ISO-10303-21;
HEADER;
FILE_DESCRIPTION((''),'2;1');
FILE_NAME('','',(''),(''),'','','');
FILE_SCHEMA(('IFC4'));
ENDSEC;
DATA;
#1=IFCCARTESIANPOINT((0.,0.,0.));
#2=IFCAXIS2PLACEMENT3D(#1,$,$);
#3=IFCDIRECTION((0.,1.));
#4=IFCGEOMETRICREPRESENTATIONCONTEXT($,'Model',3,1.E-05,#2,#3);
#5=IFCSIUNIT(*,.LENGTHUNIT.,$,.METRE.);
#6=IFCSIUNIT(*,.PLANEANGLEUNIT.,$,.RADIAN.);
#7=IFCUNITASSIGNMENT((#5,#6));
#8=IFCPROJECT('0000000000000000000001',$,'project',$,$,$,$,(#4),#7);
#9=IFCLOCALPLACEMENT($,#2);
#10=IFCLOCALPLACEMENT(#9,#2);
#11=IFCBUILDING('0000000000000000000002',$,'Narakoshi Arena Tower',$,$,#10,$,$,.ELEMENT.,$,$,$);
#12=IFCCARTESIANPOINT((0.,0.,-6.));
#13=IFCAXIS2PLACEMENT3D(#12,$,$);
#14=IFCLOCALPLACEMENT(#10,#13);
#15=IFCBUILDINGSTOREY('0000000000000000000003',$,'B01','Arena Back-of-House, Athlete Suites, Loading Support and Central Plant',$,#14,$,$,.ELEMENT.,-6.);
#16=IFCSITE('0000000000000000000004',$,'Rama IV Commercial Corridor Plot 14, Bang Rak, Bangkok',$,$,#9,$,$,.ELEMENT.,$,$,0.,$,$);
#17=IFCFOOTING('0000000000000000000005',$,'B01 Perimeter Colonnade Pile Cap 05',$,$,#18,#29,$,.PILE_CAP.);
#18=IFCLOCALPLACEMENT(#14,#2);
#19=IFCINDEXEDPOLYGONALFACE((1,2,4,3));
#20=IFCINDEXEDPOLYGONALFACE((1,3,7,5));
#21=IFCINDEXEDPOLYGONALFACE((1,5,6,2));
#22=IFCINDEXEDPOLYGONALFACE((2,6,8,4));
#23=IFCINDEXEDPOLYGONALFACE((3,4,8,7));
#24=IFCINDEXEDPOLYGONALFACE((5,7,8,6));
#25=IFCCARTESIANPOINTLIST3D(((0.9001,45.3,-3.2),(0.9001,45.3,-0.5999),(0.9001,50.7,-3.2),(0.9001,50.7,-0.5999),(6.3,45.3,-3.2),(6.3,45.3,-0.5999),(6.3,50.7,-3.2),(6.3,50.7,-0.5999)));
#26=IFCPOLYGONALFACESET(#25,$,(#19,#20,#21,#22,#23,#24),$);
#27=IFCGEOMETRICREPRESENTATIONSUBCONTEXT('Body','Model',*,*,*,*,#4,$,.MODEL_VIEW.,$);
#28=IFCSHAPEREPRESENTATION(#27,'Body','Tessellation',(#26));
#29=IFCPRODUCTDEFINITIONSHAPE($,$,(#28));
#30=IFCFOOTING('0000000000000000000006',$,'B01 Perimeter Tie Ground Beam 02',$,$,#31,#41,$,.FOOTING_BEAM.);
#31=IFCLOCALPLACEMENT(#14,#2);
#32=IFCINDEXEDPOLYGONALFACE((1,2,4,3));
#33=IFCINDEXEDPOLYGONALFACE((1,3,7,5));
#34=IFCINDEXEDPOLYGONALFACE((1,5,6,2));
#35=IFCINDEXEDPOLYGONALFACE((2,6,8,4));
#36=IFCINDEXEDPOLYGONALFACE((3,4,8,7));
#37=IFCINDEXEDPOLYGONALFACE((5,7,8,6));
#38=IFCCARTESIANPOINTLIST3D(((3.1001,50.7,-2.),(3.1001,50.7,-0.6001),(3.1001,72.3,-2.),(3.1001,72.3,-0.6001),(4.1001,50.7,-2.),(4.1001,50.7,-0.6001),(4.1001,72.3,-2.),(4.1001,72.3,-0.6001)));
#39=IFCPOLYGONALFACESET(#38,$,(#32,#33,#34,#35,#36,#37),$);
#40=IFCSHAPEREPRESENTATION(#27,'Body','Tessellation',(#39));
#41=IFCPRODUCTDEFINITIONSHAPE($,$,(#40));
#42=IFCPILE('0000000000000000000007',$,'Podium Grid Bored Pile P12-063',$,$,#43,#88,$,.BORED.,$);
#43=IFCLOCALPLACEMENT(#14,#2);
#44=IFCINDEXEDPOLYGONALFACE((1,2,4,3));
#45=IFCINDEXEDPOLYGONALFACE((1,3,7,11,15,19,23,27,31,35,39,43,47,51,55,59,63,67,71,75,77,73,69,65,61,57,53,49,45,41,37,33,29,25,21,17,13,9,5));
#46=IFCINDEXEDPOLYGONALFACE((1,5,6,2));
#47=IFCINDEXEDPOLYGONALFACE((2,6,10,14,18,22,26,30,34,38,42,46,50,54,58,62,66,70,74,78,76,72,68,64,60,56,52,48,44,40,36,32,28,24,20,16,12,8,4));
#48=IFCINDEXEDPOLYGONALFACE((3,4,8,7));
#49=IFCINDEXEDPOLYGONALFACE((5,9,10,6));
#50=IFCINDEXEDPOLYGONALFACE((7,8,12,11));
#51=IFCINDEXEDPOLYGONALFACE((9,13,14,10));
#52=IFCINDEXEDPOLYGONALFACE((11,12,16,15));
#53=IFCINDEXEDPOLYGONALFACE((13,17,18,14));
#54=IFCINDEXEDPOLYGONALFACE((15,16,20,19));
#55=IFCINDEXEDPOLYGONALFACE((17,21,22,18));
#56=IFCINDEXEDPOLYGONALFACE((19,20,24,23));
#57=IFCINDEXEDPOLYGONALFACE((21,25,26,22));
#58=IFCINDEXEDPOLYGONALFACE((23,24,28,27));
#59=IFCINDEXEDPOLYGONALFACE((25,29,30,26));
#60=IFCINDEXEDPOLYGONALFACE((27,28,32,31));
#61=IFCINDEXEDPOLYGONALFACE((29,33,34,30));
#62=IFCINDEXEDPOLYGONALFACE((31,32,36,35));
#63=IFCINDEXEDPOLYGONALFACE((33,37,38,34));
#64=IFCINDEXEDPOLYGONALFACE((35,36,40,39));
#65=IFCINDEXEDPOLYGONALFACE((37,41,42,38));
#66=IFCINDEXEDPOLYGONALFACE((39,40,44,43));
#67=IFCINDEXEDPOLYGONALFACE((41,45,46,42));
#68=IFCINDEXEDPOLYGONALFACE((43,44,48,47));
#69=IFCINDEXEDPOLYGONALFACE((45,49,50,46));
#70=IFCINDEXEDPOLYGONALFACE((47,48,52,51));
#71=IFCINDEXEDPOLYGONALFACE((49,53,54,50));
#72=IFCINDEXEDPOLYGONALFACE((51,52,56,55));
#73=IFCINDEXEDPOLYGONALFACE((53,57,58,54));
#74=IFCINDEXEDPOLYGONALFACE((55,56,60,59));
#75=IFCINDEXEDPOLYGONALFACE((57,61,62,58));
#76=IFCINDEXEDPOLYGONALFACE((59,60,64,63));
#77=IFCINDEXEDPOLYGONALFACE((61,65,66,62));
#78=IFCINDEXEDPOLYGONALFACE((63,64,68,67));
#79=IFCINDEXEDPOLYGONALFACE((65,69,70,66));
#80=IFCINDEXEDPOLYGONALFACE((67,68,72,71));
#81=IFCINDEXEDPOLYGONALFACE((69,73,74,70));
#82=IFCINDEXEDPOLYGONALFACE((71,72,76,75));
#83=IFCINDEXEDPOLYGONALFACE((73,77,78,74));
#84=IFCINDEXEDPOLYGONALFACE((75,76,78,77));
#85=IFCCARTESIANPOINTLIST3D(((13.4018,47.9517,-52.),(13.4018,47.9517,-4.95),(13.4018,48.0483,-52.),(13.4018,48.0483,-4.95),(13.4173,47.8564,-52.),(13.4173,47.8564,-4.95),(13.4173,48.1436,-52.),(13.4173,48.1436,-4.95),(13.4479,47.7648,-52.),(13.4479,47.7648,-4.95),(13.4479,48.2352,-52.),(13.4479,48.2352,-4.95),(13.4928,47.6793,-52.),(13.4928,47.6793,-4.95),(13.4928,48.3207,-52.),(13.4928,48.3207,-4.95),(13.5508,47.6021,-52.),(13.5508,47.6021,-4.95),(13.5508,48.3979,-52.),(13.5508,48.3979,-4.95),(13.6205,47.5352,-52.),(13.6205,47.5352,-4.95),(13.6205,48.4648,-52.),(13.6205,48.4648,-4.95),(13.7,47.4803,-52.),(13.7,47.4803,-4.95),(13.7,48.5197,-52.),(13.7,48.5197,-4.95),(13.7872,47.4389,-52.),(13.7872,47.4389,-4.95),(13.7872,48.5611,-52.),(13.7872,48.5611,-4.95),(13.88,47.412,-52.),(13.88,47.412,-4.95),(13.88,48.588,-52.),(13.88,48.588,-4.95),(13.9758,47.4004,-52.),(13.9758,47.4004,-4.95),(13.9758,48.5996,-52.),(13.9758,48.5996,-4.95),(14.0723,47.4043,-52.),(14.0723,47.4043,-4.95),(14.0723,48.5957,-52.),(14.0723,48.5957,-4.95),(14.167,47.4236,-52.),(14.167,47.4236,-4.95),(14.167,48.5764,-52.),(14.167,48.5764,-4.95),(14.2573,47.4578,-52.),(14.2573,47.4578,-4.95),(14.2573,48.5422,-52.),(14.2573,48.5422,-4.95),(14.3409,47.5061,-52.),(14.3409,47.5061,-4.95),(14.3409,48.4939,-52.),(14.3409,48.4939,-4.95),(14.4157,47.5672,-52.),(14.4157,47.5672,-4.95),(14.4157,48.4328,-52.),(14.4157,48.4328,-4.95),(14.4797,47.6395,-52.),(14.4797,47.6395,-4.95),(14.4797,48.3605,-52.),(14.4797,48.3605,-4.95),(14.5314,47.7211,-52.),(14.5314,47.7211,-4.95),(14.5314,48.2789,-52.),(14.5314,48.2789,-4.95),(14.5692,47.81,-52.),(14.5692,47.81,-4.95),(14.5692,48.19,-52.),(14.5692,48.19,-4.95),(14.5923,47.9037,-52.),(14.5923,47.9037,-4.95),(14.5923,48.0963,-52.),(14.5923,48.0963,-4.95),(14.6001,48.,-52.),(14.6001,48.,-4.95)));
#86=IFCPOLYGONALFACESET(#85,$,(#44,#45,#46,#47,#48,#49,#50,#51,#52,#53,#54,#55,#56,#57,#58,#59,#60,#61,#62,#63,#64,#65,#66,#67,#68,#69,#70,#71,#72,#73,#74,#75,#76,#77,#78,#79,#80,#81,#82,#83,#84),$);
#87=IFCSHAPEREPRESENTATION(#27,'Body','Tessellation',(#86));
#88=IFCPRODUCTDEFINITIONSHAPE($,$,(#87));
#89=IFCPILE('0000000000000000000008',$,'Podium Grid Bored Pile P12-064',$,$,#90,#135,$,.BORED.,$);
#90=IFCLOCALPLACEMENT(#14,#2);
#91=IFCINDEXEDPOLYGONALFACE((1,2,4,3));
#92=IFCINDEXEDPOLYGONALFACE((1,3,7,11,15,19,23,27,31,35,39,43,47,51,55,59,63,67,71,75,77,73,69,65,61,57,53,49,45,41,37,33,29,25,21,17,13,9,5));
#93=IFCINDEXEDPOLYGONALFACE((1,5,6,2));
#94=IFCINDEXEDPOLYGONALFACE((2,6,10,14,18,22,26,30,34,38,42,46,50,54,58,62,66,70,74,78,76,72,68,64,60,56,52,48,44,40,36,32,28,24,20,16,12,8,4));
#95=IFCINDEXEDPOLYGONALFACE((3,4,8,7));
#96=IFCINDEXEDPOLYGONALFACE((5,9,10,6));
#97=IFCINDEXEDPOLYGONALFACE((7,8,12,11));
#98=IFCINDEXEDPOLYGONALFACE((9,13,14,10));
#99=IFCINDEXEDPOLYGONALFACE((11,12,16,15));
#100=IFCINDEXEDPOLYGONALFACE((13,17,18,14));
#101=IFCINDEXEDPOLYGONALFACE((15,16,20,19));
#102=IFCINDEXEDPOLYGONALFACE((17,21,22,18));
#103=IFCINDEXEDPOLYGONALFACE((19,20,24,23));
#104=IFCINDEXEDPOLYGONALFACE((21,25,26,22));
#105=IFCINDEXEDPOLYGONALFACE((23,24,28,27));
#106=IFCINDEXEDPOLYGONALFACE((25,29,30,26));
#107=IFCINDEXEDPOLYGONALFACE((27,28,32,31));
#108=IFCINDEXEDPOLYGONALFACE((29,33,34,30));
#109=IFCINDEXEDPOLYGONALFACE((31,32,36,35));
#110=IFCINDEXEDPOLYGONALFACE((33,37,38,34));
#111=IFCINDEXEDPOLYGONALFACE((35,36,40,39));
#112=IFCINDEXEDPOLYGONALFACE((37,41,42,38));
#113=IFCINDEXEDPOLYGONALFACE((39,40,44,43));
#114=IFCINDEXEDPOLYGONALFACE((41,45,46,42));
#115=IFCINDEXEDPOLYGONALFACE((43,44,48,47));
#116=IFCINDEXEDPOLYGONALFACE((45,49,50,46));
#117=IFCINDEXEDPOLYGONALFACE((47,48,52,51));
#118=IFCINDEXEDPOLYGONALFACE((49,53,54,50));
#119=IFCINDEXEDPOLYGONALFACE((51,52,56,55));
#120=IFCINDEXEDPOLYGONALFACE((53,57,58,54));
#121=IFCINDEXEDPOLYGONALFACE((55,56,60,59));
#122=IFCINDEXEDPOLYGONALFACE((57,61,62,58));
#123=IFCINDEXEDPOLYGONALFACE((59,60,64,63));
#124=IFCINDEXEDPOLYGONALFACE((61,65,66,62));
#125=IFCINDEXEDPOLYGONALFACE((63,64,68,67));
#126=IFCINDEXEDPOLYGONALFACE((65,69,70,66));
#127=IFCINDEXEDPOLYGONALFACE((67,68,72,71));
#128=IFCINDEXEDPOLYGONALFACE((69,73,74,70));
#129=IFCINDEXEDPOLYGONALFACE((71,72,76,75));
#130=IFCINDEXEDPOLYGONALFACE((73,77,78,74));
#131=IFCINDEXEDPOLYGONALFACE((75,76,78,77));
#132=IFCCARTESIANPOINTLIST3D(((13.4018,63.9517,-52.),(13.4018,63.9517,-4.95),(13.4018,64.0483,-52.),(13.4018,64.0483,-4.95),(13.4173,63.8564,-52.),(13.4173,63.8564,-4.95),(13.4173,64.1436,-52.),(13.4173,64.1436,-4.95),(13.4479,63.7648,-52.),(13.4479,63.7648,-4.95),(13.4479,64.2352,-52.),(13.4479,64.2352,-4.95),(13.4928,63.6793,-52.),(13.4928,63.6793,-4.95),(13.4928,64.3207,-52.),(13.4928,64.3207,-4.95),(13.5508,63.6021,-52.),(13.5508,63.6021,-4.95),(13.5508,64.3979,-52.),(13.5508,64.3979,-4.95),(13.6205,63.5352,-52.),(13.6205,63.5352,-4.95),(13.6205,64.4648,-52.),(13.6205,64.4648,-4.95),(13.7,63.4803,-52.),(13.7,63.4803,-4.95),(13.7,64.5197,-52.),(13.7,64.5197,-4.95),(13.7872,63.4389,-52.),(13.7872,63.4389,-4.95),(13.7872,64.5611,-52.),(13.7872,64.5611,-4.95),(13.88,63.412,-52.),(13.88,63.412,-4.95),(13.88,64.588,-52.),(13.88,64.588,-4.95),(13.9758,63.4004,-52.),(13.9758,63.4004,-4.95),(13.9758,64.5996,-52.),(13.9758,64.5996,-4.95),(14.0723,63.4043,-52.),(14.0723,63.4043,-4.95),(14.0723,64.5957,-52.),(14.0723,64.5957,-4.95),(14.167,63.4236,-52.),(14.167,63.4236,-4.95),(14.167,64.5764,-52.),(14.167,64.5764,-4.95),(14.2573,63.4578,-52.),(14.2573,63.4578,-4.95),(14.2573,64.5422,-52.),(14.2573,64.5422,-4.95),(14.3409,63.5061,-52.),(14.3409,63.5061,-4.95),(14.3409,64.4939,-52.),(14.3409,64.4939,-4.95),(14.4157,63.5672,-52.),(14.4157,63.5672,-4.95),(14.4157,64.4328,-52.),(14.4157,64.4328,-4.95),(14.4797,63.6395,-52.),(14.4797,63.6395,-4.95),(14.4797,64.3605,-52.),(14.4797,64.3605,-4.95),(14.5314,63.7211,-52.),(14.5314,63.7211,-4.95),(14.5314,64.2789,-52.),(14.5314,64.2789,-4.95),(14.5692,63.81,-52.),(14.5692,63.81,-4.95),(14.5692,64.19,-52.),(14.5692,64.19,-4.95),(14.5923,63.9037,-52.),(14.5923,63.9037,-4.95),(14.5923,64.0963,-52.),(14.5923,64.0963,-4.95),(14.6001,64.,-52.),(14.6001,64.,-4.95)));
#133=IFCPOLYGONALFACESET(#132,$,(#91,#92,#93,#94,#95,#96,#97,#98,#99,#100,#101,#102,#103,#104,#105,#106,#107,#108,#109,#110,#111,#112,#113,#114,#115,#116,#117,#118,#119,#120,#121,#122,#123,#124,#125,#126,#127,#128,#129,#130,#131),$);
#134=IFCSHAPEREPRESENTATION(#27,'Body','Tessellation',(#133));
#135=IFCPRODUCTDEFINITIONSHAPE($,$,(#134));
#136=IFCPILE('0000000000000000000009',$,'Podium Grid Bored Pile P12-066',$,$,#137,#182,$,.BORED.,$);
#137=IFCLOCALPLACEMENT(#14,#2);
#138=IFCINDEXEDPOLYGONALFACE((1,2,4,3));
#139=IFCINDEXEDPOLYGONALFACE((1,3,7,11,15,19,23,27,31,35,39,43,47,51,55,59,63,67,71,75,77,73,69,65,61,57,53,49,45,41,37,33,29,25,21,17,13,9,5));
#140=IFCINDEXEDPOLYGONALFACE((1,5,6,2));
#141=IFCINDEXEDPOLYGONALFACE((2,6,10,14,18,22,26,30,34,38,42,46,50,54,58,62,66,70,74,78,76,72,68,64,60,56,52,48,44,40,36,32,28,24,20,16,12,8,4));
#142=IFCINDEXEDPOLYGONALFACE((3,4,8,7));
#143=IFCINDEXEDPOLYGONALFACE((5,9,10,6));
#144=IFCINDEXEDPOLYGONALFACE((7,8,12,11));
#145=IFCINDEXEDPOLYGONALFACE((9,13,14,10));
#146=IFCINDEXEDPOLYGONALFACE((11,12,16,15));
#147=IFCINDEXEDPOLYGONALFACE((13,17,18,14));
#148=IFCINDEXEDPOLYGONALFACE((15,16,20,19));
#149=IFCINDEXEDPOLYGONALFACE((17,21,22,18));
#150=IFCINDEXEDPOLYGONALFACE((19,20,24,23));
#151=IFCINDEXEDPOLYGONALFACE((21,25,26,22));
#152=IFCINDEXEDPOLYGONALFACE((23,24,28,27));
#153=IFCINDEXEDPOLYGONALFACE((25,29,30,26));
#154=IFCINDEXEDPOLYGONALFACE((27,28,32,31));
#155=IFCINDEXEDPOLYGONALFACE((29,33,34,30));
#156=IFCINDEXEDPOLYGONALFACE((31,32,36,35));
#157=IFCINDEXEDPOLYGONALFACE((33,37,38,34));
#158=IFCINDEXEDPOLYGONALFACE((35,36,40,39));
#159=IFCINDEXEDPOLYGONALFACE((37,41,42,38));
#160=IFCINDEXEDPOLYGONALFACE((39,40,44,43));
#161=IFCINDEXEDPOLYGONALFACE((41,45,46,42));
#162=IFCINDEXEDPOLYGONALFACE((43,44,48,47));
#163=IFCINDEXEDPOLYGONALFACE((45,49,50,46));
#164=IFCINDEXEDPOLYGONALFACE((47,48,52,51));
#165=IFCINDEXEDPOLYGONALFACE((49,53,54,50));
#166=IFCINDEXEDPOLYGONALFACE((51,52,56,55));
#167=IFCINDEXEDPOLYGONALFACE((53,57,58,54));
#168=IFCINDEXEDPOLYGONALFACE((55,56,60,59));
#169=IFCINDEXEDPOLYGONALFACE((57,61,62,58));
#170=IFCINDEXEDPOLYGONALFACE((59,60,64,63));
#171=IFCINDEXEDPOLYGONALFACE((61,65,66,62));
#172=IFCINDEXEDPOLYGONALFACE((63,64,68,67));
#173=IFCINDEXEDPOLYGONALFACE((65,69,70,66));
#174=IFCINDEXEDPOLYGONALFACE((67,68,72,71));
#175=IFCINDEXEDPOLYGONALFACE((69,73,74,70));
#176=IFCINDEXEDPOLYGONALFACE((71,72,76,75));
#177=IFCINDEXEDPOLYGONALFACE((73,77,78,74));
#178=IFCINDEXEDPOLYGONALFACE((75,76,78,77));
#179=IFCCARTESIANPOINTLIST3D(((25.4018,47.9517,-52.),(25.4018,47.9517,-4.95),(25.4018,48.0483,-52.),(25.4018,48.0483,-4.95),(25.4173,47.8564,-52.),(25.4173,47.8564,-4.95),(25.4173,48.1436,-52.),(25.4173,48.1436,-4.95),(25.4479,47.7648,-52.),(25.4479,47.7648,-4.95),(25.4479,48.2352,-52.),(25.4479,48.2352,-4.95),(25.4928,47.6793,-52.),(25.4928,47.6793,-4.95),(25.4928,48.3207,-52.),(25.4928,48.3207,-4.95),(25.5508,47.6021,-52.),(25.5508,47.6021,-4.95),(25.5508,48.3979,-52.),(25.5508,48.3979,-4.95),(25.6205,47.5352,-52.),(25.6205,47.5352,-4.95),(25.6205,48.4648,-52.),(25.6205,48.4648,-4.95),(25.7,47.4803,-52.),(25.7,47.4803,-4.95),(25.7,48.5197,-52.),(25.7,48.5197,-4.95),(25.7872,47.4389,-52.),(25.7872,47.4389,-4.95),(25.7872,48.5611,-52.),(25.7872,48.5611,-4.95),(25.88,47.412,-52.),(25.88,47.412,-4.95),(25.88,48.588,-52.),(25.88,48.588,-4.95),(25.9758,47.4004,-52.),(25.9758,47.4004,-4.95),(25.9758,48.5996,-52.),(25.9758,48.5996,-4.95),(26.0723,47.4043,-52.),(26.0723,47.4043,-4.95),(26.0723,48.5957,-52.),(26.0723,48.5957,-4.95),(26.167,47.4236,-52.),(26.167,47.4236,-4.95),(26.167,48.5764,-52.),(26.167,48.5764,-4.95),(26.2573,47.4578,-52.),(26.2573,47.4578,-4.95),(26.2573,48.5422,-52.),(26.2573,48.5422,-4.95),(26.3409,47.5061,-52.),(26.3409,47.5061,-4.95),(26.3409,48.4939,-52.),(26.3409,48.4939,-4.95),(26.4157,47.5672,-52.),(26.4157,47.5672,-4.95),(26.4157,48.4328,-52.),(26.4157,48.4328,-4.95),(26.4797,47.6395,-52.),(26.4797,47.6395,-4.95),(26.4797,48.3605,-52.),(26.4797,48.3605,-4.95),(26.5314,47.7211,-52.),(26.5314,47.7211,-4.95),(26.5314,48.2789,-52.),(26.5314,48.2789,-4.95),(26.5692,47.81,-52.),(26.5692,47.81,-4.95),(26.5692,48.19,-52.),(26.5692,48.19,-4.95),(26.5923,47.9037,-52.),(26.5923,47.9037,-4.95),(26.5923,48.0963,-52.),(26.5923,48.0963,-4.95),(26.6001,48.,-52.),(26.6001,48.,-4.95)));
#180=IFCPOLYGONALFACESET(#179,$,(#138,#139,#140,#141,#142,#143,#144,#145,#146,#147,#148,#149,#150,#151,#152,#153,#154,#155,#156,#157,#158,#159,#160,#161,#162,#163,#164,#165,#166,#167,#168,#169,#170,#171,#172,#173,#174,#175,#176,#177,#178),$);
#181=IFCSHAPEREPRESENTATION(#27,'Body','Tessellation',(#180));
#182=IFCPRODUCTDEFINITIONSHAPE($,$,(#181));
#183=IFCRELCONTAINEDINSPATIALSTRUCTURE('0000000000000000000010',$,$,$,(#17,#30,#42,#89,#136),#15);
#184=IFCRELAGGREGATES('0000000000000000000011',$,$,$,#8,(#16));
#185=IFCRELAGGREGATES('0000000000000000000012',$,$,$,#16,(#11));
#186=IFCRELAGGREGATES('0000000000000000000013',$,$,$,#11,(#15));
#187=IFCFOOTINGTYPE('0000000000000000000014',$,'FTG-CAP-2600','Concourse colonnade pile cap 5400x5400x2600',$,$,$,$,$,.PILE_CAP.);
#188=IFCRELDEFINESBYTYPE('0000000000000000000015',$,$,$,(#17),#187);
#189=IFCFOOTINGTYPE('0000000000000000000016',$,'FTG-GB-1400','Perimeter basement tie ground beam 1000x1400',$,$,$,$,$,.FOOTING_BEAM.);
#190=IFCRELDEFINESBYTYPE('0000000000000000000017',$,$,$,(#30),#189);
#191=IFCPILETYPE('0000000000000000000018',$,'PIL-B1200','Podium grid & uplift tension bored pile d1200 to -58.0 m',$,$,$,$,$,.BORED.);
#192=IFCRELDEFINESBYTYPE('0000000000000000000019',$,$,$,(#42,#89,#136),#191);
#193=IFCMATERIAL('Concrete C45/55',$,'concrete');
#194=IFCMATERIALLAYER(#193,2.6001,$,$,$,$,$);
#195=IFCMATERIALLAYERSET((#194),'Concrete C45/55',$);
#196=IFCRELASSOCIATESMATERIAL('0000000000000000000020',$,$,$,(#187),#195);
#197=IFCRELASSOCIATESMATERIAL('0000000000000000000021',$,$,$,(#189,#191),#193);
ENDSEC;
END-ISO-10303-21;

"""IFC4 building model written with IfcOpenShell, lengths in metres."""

from ifc_helpers import new_model, si_unit, direction, frame, origin, origin_2d, place, context, subcontext, project, spatial, rectangle, circle, extrude, material, layer, layer_set, material_profile, profile_set, type_object, element, save


model = new_model("IFC4")

# Units and contexts
model_context = context("Model", 3, precision=1e-05, world=origin(), true_north=direction((0.0, 1.0)))
body_context = subcontext(model_context, "Body", "Model", "MODEL_VIEW")
ifc_project = project(units=[si_unit("LENGTHUNIT", "METRE"), si_unit("PLANEANGLEUNIT", "RADIAN")], contexts=[model_context])

# Site, building, storey
site_placement = place(None, origin())
site = spatial("IfcSite", under=ifc_project, at=site_placement, Name="Rama IV Commercial Corridor Plot 14, Bang Rak, Bangkok", CompositionType="ELEMENT", RefElevation=0.0)
building_placement = place(site_placement, origin())
building = spatial("IfcBuilding", under=site, at=building_placement, Name="Narakoshi Arena Tower", CompositionType="ELEMENT")
storey_placement = place(building_placement, frame((0.0, 0.0, -6.0)))
storey = spatial("IfcBuildingStorey", under=building, at=storey_placement, Name="B01", Description="Arena Back-of-House, Athlete Suites, Loading Support and Central Plant", CompositionType="ELEMENT", Elevation=-6.0)

# Footings
ifc_material_1 = material(Name="Concrete C45/55", Category="concrete")
ifc_layer = layer(ifc_material_1, 2.6001)
ifc_layer_set = layer_set([ifc_layer], Name="Concrete C45/55")
footing_type_1 = type_object("IfcFootingType", Name="FTG-CAP-2600", Description="Concourse colonnade pile cap 5400x5400x2600", PredefinedType="PILE_CAP", material=ifc_layer_set)
footing_1_placement = place(storey_placement, frame((3.6001, 48.0, -3.2), z_axis=(0.0, 0.0, 1.0), x_axis=(1.0, 0.0, 0.0)))
element("IfcFooting", 1, at=footing_1_placement, inside=storey, type_object=footing_type_1, Name="B01 Perimeter Colonnade Pile Cap 05", PredefinedType="PILE_CAP", context=body_context, shape_type="SweptSolid", body=[
    extrude(rectangle(XDim=5.3999, YDim=5.3999, at=origin_2d()), origin(), (0.0, 0.0, 1.0), 2.6001),
])
ifc_material_profile_1 = material_profile(ifc_material_1, rectangle(XDim=1.0, YDim=1.3999, at=origin_2d()), Name="RGB1000x1400")
ifc_profile_set_1 = profile_set([ifc_material_profile_1], Name="Concrete C45/55")
footing_type_2 = type_object("IfcFootingType", Name="FTG-GB-1400", Description="Perimeter basement tie ground beam 1000x1400", PredefinedType="FOOTING_BEAM", material=ifc_profile_set_1)
footing_2_placement = place(storey_placement, frame((3.6001, 50.7, -1.3), z_axis=(0.0, 1.0, 0.0), x_axis=(-1.0, 0.0, 0.0)))
element("IfcFooting", 2, at=footing_2_placement, inside=storey, type_object=footing_type_2, Name="B01 Perimeter Tie Ground Beam 02", PredefinedType="FOOTING_BEAM", context=body_context, shape_type="SweptSolid", body=[
    extrude(rectangle(XDim=1.0, YDim=1.3999, at=origin_2d()), origin(), (0.0, 0.0, 1.0), 21.6001),
])

# Piles
ifc_material_profile_2 = material_profile(ifc_material_1, circle(Radius=0.6001, at=origin_2d()), Name="PILE-D1200")
ifc_profile_set_2 = profile_set([ifc_material_profile_2], Name="Concrete C45/55")
pile_type_1 = type_object("IfcPileType", Name="PIL-B1200", Description="Podium grid & uplift tension bored pile d1200 to -58.0 m", PredefinedType="BORED", material=ifc_profile_set_2)
for number, where, z_axis, x_axis, name in (
    (3, (14.0, 48.0, -4.95), (0.0, 0.0, -1.0), (1.0, 0.0, 0.0), "Podium Grid Bored Pile P12-063"),
    (4, (14.0, 64.0, -4.95), (0.0, 0.0, -1.0), (1.0, 0.0, 0.0), "Podium Grid Bored Pile P12-064"),
    (5, (26.0, 48.0, -4.95), (0.0, 0.0, -1.0), (1.0, 0.0, 0.0), "Podium Grid Bored Pile P12-066"),
):
    element("IfcPile", number, at=place(storey_placement, frame(where, z_axis=z_axis, x_axis=x_axis)), inside=storey, type_object=pile_type_1, Name=name, PredefinedType="BORED", context=body_context, shape_type="SweptSolid", body=[
        extrude(circle(Radius=0.6001, at=origin_2d()), origin(), (0.0, 0.0, 1.0), 47.05),
    ])

save(model, "model.ifc")
